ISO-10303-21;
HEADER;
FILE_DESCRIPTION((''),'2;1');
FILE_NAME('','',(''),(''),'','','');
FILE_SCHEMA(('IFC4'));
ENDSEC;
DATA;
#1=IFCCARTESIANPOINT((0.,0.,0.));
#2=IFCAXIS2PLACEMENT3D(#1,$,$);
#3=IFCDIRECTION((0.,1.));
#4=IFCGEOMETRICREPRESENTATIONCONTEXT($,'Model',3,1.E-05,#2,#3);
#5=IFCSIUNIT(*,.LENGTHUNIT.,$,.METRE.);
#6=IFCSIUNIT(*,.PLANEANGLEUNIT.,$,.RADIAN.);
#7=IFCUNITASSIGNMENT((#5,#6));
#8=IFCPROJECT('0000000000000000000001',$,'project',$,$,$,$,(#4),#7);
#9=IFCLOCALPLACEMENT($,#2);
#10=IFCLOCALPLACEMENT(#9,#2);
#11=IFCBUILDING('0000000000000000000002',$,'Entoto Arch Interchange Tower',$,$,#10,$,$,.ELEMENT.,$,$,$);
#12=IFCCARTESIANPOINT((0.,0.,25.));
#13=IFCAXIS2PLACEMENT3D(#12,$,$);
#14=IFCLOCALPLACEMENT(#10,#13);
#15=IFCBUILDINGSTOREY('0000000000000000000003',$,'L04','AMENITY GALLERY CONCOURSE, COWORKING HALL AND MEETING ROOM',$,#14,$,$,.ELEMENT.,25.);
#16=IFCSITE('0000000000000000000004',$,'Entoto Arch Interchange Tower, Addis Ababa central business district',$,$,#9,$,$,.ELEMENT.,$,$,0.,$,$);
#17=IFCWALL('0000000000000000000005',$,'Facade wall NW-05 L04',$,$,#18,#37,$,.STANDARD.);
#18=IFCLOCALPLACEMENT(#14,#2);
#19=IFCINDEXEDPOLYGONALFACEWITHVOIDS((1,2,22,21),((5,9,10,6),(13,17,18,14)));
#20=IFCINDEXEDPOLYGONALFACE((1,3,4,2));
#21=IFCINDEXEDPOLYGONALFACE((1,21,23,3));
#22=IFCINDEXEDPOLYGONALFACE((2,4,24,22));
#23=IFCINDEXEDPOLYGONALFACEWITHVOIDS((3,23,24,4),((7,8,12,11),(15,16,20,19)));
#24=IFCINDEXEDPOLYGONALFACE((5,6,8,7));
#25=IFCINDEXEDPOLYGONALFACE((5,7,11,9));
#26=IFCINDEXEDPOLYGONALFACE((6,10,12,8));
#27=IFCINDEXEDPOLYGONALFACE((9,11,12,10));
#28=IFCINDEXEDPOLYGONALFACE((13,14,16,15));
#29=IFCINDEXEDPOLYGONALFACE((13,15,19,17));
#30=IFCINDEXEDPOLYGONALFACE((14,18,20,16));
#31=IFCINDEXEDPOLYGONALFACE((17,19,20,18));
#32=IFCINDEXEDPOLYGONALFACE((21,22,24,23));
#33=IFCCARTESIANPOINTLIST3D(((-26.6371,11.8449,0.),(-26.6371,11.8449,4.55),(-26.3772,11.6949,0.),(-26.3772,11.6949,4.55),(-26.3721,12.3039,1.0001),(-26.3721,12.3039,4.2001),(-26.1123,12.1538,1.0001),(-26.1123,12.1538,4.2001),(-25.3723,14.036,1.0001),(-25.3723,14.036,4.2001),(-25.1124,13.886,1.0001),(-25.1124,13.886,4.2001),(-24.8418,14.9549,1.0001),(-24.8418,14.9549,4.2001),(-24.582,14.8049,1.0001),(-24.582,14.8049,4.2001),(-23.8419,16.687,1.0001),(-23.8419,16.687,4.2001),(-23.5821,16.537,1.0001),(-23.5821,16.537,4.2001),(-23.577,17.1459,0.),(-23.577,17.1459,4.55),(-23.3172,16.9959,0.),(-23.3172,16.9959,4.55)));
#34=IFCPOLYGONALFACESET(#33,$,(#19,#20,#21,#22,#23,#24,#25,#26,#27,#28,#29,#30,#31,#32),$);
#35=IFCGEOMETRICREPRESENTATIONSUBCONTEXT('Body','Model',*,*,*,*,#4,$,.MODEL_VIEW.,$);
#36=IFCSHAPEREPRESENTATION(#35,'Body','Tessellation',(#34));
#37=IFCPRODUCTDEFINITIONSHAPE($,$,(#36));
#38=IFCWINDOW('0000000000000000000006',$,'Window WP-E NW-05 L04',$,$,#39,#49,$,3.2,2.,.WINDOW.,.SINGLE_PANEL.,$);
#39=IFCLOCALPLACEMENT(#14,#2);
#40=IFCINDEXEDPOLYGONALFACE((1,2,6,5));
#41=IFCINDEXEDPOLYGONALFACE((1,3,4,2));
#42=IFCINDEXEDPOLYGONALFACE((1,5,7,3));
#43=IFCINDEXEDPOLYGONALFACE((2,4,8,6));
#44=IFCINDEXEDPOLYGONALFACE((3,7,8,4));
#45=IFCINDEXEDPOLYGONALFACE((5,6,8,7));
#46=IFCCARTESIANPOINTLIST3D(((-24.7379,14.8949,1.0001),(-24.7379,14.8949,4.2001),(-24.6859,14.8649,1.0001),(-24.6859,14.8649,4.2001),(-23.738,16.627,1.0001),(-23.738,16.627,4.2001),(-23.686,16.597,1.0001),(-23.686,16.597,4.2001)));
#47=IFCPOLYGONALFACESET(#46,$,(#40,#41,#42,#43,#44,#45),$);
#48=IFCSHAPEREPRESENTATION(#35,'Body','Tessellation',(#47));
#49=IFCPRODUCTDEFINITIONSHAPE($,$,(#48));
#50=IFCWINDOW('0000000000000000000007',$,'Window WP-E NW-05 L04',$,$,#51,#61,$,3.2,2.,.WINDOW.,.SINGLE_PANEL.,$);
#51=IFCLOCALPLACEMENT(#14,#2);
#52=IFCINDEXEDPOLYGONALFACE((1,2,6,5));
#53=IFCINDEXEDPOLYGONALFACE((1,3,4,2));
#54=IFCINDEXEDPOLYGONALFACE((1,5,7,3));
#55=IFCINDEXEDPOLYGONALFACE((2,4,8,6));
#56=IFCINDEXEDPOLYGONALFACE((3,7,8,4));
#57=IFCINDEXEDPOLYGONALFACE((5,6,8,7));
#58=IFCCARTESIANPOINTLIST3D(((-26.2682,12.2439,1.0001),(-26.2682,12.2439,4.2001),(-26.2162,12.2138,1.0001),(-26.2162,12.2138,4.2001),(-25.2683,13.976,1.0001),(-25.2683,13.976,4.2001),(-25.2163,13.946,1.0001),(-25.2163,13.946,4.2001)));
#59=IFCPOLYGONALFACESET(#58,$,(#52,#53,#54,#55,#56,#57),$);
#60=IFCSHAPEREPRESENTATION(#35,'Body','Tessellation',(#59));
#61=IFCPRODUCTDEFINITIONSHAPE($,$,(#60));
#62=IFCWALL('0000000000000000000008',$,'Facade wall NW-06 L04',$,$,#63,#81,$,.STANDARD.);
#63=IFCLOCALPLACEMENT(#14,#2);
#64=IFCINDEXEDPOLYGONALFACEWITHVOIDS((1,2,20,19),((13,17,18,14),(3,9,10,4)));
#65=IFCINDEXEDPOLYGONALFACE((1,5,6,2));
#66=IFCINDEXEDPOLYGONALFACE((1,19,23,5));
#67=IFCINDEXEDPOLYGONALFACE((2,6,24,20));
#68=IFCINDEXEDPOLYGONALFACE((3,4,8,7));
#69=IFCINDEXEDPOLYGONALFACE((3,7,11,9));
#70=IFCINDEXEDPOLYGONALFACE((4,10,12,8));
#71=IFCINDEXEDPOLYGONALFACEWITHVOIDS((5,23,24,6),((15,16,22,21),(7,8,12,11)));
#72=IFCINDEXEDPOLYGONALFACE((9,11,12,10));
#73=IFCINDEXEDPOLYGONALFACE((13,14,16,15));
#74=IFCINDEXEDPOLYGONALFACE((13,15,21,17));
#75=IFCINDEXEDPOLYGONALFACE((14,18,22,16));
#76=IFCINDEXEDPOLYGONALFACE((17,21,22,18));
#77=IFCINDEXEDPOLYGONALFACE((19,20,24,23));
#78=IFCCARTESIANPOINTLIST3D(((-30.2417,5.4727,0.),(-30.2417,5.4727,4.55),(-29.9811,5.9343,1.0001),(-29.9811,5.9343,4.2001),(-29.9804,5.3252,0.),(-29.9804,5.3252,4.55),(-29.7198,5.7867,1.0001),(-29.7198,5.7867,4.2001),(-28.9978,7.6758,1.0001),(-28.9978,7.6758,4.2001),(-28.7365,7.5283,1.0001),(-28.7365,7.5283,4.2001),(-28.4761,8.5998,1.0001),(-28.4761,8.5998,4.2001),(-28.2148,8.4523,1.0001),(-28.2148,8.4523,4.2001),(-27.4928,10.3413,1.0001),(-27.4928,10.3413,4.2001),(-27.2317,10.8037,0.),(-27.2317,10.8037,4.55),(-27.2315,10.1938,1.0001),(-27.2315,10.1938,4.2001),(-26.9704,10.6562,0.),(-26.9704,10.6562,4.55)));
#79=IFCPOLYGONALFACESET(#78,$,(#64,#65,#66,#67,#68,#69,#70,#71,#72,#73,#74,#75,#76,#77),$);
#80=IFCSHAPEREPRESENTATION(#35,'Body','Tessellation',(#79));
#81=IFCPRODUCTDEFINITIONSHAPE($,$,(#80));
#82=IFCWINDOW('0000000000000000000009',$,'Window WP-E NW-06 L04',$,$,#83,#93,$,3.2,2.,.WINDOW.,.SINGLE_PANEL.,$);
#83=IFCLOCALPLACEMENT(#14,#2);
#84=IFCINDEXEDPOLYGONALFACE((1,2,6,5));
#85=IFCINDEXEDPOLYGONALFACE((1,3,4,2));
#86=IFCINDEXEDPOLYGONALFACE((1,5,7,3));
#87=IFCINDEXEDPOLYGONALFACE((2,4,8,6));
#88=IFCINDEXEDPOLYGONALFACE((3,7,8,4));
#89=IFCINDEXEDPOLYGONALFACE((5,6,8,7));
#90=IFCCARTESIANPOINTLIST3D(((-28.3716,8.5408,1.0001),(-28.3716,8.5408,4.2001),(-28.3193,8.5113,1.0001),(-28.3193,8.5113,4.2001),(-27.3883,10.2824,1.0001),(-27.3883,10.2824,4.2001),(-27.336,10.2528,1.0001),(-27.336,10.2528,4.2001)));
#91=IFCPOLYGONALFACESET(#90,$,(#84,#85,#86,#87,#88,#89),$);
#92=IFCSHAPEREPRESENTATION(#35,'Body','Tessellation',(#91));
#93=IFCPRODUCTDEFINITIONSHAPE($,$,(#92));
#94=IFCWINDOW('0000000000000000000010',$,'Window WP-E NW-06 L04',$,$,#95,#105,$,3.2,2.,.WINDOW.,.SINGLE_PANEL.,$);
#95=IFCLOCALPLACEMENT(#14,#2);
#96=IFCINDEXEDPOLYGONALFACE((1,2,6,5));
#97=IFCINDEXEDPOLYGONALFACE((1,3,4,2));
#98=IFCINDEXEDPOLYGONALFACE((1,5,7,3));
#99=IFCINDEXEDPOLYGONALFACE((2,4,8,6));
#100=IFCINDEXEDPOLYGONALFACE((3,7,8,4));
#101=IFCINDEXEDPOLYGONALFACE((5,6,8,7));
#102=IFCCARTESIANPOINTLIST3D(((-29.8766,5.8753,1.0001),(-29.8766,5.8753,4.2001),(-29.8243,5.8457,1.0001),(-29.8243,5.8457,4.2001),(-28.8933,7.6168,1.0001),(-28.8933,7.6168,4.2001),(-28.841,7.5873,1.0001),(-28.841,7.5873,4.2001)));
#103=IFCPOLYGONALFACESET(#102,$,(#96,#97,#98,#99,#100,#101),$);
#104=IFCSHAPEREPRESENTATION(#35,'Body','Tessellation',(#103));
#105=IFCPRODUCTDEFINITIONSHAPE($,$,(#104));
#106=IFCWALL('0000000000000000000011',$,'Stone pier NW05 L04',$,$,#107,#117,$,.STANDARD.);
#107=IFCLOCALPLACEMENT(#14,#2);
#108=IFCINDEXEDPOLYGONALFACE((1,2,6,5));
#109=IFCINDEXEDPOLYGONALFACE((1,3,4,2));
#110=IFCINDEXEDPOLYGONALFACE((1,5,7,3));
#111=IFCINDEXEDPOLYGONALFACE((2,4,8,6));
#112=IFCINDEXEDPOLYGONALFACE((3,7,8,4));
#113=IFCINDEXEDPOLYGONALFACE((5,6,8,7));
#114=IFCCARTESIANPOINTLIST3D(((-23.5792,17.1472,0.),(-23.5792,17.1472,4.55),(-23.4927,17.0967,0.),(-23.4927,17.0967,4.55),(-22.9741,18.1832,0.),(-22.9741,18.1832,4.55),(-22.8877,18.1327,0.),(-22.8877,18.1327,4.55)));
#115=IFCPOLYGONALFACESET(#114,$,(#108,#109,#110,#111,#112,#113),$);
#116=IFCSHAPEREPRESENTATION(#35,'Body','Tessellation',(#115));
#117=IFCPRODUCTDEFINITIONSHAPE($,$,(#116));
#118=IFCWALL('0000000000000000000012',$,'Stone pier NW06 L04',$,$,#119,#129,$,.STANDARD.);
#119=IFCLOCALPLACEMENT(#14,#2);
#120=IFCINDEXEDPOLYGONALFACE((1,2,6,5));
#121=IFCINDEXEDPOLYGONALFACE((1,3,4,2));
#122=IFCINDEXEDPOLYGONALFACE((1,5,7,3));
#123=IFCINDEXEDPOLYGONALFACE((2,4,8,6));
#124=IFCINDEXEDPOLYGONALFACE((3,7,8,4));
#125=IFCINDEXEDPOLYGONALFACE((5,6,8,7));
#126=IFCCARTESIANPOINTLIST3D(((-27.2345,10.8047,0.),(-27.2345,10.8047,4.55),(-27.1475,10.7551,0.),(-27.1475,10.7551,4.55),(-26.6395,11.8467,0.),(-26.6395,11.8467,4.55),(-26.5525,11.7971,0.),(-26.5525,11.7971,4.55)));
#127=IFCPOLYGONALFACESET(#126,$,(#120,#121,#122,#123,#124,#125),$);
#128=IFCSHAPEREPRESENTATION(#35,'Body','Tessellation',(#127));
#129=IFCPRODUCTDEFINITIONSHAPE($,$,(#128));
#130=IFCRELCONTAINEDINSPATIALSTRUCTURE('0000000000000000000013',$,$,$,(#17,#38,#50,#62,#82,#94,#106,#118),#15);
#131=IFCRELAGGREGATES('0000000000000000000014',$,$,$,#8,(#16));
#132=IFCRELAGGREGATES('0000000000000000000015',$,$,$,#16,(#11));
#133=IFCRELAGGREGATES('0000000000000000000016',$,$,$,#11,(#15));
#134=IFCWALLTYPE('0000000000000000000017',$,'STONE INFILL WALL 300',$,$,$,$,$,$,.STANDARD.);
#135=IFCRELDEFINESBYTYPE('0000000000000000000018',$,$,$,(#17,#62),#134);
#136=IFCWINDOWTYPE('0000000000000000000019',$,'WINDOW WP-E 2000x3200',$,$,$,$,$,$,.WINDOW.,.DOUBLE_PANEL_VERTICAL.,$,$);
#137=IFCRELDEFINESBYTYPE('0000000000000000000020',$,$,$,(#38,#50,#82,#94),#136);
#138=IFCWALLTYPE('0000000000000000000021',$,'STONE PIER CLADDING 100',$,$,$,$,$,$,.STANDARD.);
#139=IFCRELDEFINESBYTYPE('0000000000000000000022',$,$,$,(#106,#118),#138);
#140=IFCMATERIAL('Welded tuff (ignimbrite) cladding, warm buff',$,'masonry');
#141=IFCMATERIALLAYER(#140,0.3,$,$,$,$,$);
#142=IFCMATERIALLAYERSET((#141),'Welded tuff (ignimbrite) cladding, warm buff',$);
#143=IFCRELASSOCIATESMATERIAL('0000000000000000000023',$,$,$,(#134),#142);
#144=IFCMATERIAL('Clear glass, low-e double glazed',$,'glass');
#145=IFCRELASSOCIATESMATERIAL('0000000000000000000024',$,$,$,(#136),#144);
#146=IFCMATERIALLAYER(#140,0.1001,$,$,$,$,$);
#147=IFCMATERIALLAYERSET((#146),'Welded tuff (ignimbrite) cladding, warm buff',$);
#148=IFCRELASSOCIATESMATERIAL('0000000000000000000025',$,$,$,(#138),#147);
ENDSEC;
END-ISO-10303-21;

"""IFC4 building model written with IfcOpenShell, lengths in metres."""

from ifc_helpers import new_model, si_unit, direction, frame, frame_2d, origin, place, context, subcontext, project, spatial, rectangle, extrude, material, layer, layer_set, type_object, element, fill, save


model = new_model("IFC4")

# Units and contexts
model_context = context("Model", 3, precision=1e-05, world=origin(), true_north=direction((0.0, 1.0)))
body_context = subcontext(model_context, "Body", "Model", "MODEL_VIEW")
ifc_project = project(units=[si_unit("LENGTHUNIT", "METRE"), si_unit("PLANEANGLEUNIT", "RADIAN")], contexts=[model_context])

# Site, building, storey
site_placement = place(None, origin())
site = spatial("IfcSite", under=ifc_project, at=site_placement, Name="Entoto Arch Interchange Tower, Addis Ababa central business district", CompositionType="ELEMENT", RefElevation=0.0)
building_placement = place(site_placement, origin())
building = spatial("IfcBuilding", under=site, at=building_placement, Name="Entoto Arch Interchange Tower", CompositionType="ELEMENT")
storey_placement = place(building_placement, frame((0.0, 0.0, 25.0)))
storey = spatial("IfcBuildingStorey", under=building, at=storey_placement, Name="L04", Description="AMENITY GALLERY CONCOURSE, COWORKING HALL AND MEETING ROOM", CompositionType="ELEMENT", Elevation=25.0)

# Walls, openings, windows
ifc_material_1 = material(Name="Welded tuff (ignimbrite) cladding, warm buff", Category="masonry")
ifc_layer_1 = layer(ifc_material_1, 0.3)
ifc_layer_set_1 = layer_set([ifc_layer_1], Name="Welded tuff (ignimbrite) cladding, warm buff")
wall_type_1 = type_object("IfcWallType", Name="STONE INFILL WALL 300", PredefinedType="STANDARD", material=ifc_layer_set_1)
ifc_material_2 = material(Name="Clear glass, low-e double glazed", Category="glass")
window_type = type_object("IfcWindowType", Name="WINDOW WP-E 2000x3200", PartitioningType="DOUBLE_PANEL_VERTICAL", PredefinedType="WINDOW", material=ifc_material_2)
wall_1_placement = place(storey_placement, frame((-23.447, 17.071, 0.0), z_axis=(0.0, 0.0, 1.0), x_axis=(-0.49994, -0.86606, 0.0)))
wall_1 = element("IfcWall", 1, at=wall_1_placement, inside=storey, type_object=wall_type_1, Name="Facade wall NW-05 L04", PredefinedType="STANDARD", context=body_context, shape_type="SweptSolid", body=[
    extrude(rectangle(XDim=6.1208, YDim=0.3, at=frame_2d((3.0605, 0.0))), origin(), (0.0, 0.0, 1.0), 4.55),
])
opening_1_placement = place(wall_1_placement, frame((0.53, 0.0, 1.0)))
opening_1 = element("IfcOpeningElement", 2, at=opening_1_placement, cuts=wall_1, PredefinedType="OPENING", context=body_context, shape_type="SweptSolid", body=[
    extrude(rectangle(XDim=2.0, YDim=3.2, at=frame_2d((1.0, 1.6001))), frame((0.0, 0.1602, 0.0), z_axis=(0.0, -1.0, 0.0), x_axis=(1.0, 0.0, 0.0)), (0.0, 0.0, 1.0), 0.3201),
])
opening_2_placement = place(wall_1_placement, frame((3.5911, 0.0, 1.0)))
opening_2 = element("IfcOpeningElement", 3, at=opening_2_placement, cuts=wall_1, PredefinedType="OPENING", context=body_context, shape_type="SweptSolid", body=[
    extrude(rectangle(XDim=2.0, YDim=3.2, at=frame_2d((1.0, 1.6001))), frame((0.0, 0.1602, 0.0), z_axis=(0.0, -1.0, 0.0), x_axis=(1.0, 0.0, 0.0)), (0.0, 0.0, 1.0), 0.3201),
])
window_1_placement = place(opening_1_placement, origin())
window_1 = element("IfcWindow", 4, at=window_1_placement, inside=storey, type_object=window_type, Name="Window WP-E NW-05 L04", OverallHeight=3.2, OverallWidth=2.0, PartitioningType="SINGLE_PANEL", PredefinedType="WINDOW", context=body_context, shape_type="SweptSolid", body=[
    extrude(rectangle(XDim=2.0, YDim=3.2, at=frame_2d((1.0, 1.6001))), frame((0.0, 0.03, 0.0), z_axis=(0.0, -1.0, 0.0), x_axis=(1.0, 0.0, 0.0)), (0.0, 0.0, 1.0), 0.0601),
])
fill(opening_1, window_1)
window_2_placement = place(opening_2_placement, origin())
window_2 = element("IfcWindow", 5, at=window_2_placement, inside=storey, type_object=window_type, Name="Window WP-E NW-05 L04", OverallHeight=3.2, OverallWidth=2.0, PartitioningType="SINGLE_PANEL", PredefinedType="WINDOW", context=body_context, shape_type="SweptSolid", body=[
    extrude(rectangle(XDim=2.0, YDim=3.2, at=frame_2d((1.0, 1.6001))), frame((0.0, 0.03, 0.0), z_axis=(0.0, -1.0, 0.0), x_axis=(1.0, 0.0, 0.0)), (0.0, 0.0, 1.0), 0.0601),
])
fill(opening_2, window_2)
wall_2_placement = place(storey_placement, frame((-27.1011, 10.73, 0.0), z_axis=(0.0, 0.0, 1.0), x_axis=(-0.491662, -0.870786, 0.0)))
wall_2 = element("IfcWall", 6, at=wall_2_placement, inside=storey, type_object=wall_type_1, Name="Facade wall NW-06 L04", PredefinedType="STANDARD", context=body_context, shape_type="SweptSolid", body=[
    extrude(rectangle(XDim=6.1221, YDim=0.3, at=frame_2d((3.061, 0.0))), origin(), (0.0, 0.0, 1.0), 4.55),
])
opening_3_placement = place(wall_2_placement, frame((0.531, 0.0, 1.0)))
opening_3 = element("IfcOpeningElement", 7, at=opening_3_placement, cuts=wall_2, PredefinedType="OPENING", context=body_context, shape_type="SweptSolid", body=[
    extrude(rectangle(XDim=2.0, YDim=3.2, at=frame_2d((1.0, 1.6001))), frame((0.0, 0.1602, 0.0), z_axis=(0.0, -1.0, 0.0), x_axis=(1.0, 0.0, 0.0)), (0.0, 0.0, 1.0), 0.3201),
])
opening_4_placement = place(wall_2_placement, frame((3.592, 0.0, 1.0)))
opening_4 = element("IfcOpeningElement", 8, at=opening_4_placement, cuts=wall_2, PredefinedType="OPENING", context=body_context, shape_type="SweptSolid", body=[
    extrude(rectangle(XDim=2.0, YDim=3.2, at=frame_2d((1.0, 1.6001))), frame((0.0, 0.1602, 0.0), z_axis=(0.0, -1.0, 0.0), x_axis=(1.0, 0.0, 0.0)), (0.0, 0.0, 1.0), 0.3201),
])
window_3_placement = place(opening_3_placement, origin())
window_3 = element("IfcWindow", 9, at=window_3_placement, inside=storey, type_object=window_type, Name="Window WP-E NW-06 L04", OverallHeight=3.2, OverallWidth=2.0, PartitioningType="SINGLE_PANEL", PredefinedType="WINDOW", context=body_context, shape_type="SweptSolid", body=[
    extrude(rectangle(XDim=2.0, YDim=3.2, at=frame_2d((1.0, 1.6001))), frame((0.0, 0.03, 0.0), z_axis=(0.0, -1.0, 0.0), x_axis=(1.0, 0.0, 0.0)), (0.0, 0.0, 1.0), 0.0601),
])
fill(opening_3, window_3)
window_4_placement = place(opening_4_placement, origin())
window_4 = element("IfcWindow", 10, at=window_4_placement, inside=storey, type_object=window_type, Name="Window WP-E NW-06 L04", OverallHeight=3.2, OverallWidth=2.0, PartitioningType="SINGLE_PANEL", PredefinedType="WINDOW", context=body_context, shape_type="SweptSolid", body=[
    extrude(rectangle(XDim=2.0, YDim=3.2, at=frame_2d((1.0, 1.6001))), frame((0.0, 0.03, 0.0), z_axis=(0.0, -1.0, 0.0), x_axis=(1.0, 0.0, 0.0)), (0.0, 0.0, 1.0), 0.0601),
])
fill(opening_4, window_4)

# Walls
ifc_layer_2 = layer(ifc_material_1, 0.1001)
ifc_layer_set_2 = layer_set([ifc_layer_2], Name="Welded tuff (ignimbrite) cladding, warm buff")
wall_type_2 = type_object("IfcWallType", Name="STONE PIER CLADDING 100", PredefinedType="STANDARD", material=ifc_layer_set_2)
wall_3_placement = place(storey_placement, frame((-22.9309, 18.158, 0.0), z_axis=(0.0, 0.0, 1.0), x_axis=(-0.504314, -0.86352, 0.0)))
element("IfcWall", 11, at=wall_3_placement, inside=storey, type_object=wall_type_2, Name="Stone pier NW05 L04", PredefinedType="STANDARD", context=body_context, shape_type="SweptSolid", body=[
    extrude(rectangle(XDim=1.1997, YDim=0.1001, at=frame_2d((0.5999, 0.0))), origin(), (0.0, 0.0, 1.0), 4.55),
])
wall_4_placement = place(storey_placement, frame((-26.5959, 11.822, 0.0), z_axis=(0.0, 0.0, 1.0), x_axis=(-0.495854, -0.868406, 0.0)))
element("IfcWall", 12, at=wall_4_placement, inside=storey, type_object=wall_type_2, Name="Stone pier NW06 L04", PredefinedType="STANDARD", context=body_context, shape_type="SweptSolid", body=[
    extrude(rectangle(XDim=1.2, YDim=0.1001, at=frame_2d((0.6001, 0.0))), origin(), (0.0, 0.0, 1.0), 4.55),
])

save(model, "model.ifc")
